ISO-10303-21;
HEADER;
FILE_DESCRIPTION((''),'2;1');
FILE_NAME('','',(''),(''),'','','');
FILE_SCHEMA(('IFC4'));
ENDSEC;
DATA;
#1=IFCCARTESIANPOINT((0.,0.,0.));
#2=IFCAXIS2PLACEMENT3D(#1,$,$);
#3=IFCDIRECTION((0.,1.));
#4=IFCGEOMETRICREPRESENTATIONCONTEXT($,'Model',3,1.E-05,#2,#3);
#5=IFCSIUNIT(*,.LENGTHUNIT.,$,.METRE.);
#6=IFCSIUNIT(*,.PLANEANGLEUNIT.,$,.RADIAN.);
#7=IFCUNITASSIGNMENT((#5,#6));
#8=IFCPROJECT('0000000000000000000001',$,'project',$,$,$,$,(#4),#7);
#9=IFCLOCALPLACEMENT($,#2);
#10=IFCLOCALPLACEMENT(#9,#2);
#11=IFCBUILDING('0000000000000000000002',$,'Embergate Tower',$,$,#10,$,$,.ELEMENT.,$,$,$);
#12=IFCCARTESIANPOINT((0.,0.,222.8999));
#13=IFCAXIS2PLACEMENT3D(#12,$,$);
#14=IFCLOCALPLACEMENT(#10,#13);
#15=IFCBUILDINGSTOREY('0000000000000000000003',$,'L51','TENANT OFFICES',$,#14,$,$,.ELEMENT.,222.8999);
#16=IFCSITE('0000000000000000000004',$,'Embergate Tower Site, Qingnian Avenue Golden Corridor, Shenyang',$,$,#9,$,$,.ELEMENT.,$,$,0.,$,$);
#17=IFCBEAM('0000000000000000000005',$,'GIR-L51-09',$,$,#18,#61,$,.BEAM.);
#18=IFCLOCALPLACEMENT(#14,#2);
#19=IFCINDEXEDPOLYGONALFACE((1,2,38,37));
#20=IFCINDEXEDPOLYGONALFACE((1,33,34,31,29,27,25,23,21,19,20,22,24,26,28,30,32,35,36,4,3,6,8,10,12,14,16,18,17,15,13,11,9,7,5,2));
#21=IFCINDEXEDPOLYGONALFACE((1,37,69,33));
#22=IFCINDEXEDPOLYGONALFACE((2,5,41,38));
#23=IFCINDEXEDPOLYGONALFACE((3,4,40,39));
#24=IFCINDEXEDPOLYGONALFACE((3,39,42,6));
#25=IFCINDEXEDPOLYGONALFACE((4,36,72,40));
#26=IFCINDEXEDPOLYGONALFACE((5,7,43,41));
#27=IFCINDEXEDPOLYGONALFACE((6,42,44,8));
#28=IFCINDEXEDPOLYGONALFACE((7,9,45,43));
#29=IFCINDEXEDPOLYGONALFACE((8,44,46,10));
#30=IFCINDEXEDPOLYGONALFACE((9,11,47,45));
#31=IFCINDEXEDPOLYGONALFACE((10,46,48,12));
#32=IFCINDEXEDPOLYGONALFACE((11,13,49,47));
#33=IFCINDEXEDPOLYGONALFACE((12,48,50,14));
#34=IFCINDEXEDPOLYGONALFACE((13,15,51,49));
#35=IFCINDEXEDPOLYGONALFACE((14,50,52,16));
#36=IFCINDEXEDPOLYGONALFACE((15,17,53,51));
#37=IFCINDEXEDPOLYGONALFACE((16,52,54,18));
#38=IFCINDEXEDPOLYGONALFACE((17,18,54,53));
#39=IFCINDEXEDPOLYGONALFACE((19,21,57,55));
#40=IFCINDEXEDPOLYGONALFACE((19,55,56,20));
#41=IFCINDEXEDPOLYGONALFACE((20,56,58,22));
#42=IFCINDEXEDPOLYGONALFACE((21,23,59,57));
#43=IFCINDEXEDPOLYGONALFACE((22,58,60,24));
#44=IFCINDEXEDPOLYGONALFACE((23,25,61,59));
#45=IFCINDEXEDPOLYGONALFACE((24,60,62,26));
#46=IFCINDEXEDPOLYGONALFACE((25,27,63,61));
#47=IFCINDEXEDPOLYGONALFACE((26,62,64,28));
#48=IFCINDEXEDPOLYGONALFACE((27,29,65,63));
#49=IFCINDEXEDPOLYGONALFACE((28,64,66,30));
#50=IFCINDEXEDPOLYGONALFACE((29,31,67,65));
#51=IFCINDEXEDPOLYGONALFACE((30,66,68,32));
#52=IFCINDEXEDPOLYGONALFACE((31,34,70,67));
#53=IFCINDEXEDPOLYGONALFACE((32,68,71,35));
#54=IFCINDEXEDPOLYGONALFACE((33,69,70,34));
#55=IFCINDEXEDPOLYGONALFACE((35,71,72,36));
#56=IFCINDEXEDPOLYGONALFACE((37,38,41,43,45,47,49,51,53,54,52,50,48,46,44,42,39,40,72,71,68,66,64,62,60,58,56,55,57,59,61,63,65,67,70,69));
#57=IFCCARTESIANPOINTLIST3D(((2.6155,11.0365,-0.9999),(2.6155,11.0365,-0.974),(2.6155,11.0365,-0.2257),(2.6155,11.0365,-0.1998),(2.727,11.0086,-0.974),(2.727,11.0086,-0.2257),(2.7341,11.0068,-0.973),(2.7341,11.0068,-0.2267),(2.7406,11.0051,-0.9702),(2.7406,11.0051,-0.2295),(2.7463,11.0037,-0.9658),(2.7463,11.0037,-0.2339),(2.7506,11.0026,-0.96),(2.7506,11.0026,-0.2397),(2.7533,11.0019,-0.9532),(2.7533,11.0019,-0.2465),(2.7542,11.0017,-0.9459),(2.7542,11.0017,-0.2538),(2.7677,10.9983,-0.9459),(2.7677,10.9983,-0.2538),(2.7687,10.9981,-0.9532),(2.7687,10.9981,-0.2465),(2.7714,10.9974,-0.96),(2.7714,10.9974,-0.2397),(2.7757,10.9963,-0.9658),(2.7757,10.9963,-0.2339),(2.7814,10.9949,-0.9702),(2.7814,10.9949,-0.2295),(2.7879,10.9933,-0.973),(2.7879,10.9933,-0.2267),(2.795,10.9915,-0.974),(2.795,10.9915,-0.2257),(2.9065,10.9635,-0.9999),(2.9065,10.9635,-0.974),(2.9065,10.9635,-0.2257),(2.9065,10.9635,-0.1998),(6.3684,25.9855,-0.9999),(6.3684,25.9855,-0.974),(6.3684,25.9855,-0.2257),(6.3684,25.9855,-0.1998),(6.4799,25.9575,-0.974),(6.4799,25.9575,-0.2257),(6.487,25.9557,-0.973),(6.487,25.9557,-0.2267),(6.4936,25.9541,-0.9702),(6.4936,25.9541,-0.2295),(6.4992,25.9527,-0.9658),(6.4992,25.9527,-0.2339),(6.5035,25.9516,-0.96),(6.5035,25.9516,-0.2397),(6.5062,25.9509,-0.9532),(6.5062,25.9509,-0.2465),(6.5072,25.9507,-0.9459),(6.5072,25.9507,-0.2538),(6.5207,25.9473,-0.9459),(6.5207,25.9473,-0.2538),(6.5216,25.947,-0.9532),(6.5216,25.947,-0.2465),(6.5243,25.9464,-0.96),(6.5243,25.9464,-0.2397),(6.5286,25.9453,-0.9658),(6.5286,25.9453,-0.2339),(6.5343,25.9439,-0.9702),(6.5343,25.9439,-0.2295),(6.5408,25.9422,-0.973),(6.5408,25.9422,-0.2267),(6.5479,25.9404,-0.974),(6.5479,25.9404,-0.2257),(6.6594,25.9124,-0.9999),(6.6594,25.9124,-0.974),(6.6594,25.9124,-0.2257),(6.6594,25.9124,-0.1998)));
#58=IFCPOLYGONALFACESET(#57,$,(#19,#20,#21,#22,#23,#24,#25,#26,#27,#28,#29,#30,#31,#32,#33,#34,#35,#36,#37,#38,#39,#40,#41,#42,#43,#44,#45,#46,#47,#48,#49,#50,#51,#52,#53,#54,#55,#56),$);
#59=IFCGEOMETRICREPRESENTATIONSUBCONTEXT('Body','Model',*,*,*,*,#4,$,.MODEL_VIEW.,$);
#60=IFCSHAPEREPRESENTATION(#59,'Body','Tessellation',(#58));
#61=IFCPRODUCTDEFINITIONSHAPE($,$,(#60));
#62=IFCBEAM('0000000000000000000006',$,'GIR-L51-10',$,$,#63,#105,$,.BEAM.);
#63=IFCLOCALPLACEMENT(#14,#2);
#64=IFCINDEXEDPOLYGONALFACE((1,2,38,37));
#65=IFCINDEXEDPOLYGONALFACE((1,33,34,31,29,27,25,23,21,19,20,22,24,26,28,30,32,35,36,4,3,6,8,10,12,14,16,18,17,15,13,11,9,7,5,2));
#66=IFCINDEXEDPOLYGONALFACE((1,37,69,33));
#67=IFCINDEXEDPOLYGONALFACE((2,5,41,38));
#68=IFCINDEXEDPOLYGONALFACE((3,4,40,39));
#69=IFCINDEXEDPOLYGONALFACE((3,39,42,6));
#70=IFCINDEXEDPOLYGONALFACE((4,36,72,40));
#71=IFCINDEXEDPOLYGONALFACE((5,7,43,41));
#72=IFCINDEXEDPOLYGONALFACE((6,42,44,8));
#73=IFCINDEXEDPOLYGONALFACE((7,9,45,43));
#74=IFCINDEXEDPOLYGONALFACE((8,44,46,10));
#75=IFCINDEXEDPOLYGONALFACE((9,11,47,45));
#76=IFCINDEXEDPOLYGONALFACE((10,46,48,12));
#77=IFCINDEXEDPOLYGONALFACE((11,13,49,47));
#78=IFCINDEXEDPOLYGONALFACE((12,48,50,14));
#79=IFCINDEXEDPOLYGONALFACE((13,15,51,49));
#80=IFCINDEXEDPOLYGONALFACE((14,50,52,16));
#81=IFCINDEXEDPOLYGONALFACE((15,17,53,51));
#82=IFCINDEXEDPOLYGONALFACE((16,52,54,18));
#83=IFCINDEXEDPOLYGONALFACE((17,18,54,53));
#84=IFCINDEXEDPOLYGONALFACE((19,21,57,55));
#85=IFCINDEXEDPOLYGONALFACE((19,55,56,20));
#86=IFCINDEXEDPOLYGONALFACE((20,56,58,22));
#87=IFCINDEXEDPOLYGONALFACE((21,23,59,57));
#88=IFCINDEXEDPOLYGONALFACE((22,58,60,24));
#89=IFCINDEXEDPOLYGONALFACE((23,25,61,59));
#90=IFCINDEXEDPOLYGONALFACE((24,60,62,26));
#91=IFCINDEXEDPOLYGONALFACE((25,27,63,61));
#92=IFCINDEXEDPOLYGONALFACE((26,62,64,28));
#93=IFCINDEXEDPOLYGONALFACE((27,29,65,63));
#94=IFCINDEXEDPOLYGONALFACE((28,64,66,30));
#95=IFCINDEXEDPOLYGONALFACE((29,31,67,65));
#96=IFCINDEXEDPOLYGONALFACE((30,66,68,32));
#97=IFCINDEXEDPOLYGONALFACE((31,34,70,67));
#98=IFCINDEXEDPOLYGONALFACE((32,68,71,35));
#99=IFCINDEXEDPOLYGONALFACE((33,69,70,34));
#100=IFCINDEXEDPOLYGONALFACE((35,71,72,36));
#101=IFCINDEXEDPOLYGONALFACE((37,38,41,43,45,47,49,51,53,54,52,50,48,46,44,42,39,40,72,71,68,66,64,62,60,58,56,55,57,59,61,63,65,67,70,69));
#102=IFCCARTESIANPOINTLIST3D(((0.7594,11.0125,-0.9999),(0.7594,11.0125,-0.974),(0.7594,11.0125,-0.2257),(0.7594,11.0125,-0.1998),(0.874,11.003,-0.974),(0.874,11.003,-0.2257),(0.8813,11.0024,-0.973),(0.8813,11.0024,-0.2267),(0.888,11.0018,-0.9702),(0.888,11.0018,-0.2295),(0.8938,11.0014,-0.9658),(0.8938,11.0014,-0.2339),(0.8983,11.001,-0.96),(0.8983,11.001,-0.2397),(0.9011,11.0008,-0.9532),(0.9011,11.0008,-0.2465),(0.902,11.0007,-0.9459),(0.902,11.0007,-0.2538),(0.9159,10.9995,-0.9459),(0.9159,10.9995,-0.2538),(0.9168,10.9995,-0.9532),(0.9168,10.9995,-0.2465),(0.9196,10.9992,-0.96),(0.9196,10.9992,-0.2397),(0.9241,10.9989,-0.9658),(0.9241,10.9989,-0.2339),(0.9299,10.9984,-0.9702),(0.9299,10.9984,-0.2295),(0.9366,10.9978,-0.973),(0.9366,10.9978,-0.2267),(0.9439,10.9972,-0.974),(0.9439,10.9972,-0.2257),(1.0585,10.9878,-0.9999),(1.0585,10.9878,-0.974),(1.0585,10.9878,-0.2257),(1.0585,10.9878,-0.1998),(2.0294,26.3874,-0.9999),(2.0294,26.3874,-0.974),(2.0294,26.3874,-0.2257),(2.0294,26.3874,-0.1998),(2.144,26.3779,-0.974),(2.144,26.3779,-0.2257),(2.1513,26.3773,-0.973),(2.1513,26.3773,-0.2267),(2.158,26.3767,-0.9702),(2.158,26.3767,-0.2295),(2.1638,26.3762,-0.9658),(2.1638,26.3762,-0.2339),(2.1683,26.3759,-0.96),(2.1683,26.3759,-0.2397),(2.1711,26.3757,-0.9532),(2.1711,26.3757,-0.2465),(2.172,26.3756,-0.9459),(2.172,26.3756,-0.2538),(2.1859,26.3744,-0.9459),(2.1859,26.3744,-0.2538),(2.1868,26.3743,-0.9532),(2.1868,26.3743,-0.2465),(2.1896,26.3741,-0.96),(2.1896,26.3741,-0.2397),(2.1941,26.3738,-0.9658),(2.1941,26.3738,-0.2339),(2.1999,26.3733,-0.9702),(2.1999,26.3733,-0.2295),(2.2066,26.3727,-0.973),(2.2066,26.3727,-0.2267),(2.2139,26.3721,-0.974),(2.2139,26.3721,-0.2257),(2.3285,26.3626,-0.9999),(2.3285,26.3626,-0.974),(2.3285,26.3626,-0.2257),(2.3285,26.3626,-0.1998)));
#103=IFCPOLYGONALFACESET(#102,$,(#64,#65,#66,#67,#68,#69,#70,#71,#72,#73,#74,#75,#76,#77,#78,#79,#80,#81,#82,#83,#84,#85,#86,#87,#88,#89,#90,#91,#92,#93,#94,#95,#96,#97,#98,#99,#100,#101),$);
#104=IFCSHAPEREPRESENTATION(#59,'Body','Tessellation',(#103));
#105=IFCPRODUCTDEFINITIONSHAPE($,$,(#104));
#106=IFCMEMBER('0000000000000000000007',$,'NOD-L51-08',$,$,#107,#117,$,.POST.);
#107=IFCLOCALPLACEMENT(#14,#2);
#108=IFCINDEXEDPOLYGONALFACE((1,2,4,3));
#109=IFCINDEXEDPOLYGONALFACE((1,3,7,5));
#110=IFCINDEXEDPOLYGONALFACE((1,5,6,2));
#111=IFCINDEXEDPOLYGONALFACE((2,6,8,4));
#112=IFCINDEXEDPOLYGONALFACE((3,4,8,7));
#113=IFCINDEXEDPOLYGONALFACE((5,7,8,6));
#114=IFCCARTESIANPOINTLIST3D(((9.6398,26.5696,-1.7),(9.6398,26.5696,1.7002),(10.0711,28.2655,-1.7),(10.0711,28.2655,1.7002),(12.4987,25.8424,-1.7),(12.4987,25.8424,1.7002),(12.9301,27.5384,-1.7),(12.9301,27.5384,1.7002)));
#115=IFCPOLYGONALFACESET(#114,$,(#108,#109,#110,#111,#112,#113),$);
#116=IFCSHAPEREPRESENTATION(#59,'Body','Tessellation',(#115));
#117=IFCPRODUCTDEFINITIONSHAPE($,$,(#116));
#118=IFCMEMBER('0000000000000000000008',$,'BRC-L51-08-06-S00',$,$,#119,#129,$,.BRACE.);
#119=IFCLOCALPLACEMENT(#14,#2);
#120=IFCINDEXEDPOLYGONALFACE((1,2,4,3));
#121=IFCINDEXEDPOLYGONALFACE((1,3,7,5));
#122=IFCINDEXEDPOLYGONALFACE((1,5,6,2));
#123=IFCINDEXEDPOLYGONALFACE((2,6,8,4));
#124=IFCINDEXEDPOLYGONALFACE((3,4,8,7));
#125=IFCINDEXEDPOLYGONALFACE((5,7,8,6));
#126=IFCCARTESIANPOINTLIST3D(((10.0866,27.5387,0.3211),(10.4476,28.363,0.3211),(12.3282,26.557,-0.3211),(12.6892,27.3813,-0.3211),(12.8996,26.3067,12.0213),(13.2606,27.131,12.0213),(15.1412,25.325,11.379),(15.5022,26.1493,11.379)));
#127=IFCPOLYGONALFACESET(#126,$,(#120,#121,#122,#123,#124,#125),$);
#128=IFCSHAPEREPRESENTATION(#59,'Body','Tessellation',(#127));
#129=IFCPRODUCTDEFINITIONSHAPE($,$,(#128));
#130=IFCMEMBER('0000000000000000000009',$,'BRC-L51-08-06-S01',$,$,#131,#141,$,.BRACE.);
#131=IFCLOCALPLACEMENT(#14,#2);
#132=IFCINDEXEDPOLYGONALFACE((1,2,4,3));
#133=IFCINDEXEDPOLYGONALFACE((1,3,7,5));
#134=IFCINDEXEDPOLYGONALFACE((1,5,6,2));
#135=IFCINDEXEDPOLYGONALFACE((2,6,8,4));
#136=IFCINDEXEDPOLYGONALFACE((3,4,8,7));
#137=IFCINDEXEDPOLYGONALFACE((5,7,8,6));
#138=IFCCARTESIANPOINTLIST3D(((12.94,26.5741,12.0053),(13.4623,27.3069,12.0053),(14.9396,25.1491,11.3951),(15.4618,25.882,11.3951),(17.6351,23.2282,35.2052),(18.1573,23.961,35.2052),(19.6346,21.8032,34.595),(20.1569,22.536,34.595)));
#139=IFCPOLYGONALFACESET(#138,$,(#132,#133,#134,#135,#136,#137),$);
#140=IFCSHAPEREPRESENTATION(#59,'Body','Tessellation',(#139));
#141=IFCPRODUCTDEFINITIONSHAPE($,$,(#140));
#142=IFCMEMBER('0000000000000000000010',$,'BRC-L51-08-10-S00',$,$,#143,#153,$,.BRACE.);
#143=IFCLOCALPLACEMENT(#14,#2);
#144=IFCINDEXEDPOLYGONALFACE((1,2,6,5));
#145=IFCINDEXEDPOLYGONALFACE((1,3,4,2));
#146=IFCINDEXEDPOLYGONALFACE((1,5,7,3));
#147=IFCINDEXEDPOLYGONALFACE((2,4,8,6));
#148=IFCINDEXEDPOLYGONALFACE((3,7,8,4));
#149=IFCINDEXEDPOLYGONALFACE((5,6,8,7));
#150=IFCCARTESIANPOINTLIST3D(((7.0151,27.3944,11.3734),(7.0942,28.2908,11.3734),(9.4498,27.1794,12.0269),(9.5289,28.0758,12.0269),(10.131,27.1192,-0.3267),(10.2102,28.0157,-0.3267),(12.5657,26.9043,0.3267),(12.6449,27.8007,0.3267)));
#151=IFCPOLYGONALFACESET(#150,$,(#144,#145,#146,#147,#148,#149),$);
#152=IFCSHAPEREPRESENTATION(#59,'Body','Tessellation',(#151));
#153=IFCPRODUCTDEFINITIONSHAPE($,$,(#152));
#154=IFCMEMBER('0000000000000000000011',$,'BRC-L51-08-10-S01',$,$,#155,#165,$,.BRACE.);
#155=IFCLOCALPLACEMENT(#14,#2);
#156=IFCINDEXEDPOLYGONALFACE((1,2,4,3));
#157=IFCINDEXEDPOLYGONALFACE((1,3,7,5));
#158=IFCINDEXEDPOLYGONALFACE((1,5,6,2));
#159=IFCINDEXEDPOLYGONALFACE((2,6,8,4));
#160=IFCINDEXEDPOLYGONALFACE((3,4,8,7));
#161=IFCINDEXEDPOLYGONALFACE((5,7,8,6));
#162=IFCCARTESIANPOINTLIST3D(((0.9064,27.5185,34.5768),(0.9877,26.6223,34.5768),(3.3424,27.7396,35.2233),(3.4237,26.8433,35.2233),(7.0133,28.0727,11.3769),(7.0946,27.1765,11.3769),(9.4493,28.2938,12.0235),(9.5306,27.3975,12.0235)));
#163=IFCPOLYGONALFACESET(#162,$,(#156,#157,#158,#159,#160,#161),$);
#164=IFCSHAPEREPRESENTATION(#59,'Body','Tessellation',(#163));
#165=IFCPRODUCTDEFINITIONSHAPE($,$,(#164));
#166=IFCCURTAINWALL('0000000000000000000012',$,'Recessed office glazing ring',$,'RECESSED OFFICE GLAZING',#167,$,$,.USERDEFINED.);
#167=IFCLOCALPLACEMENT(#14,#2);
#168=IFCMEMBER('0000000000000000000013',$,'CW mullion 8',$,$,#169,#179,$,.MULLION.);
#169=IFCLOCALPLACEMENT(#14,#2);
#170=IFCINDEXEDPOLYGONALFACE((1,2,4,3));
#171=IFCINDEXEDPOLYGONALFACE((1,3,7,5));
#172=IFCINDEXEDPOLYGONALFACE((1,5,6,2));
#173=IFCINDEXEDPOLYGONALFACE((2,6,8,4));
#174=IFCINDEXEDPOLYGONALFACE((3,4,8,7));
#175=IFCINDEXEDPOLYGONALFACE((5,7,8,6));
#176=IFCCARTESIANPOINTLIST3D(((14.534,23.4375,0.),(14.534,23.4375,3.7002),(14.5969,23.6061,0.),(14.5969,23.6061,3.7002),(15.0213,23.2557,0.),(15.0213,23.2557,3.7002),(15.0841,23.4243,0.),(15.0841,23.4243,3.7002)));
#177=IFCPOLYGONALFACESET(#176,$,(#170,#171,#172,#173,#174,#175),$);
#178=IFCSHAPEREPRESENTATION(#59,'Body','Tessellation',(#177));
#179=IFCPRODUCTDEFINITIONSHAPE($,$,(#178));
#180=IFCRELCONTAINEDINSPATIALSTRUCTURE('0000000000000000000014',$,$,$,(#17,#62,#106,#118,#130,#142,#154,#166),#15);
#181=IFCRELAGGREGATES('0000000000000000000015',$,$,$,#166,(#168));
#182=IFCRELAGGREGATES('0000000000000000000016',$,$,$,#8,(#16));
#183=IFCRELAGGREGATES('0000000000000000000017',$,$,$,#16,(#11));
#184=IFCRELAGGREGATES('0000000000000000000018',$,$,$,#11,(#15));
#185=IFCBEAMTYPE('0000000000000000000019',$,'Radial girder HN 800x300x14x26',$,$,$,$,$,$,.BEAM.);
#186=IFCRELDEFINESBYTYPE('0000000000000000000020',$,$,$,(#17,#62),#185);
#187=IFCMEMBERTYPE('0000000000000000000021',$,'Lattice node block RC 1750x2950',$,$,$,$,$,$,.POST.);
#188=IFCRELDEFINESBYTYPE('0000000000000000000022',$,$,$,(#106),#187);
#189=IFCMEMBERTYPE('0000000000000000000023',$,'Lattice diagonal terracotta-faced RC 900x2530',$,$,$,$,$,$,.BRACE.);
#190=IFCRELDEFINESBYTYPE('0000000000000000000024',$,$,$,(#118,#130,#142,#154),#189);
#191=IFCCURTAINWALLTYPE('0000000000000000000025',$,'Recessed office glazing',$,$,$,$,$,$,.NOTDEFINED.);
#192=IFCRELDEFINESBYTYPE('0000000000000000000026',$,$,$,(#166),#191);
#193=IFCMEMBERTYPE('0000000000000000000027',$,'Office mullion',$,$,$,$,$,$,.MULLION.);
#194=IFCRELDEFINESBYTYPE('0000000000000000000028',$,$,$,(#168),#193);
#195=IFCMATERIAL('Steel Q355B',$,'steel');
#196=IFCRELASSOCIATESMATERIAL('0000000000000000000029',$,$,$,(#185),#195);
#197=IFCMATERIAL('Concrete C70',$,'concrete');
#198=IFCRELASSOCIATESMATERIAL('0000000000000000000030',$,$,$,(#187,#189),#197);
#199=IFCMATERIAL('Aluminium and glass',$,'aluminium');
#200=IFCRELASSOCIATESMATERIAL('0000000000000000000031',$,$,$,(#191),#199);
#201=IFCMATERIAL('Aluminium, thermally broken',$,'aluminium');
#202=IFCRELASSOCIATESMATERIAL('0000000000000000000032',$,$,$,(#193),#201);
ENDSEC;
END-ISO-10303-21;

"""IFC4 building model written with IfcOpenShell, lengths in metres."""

from ifc_helpers import new_model, si_unit, direction, frame, origin, origin_2d, place, context, subcontext, project, spatial, rectangle, i_section, extrude, source, transform, mapped, material, material_profile, profile_set, type_object, element, aggregate, save


model = new_model("IFC4")

# Units and contexts
model_context = context("Model", 3, precision=1e-05, world=origin(), true_north=direction((0.0, 1.0)))
body_context = subcontext(model_context, "Body", "Model", "MODEL_VIEW")
ifc_project = project(units=[si_unit("LENGTHUNIT", "METRE"), si_unit("PLANEANGLEUNIT", "RADIAN")], contexts=[model_context])

# Site, building, storey
site_placement = place(None, origin())
site = spatial("IfcSite", under=ifc_project, at=site_placement, Name="Embergate Tower Site, Qingnian Avenue Golden Corridor, Shenyang", CompositionType="ELEMENT", RefElevation=0.0)
building_placement = place(site_placement, origin())
building = spatial("IfcBuilding", under=site, at=building_placement, Name="Embergate Tower", CompositionType="ELEMENT")
storey_placement = place(building_placement, frame((0.0, 0.0, 222.8999)))
storey = spatial("IfcBuildingStorey", under=building, at=storey_placement, Name="L51", Description="TENANT OFFICES", CompositionType="ELEMENT", Elevation=222.8999)

# Beams
ifc_material_1 = material(Name="Steel Q355B", Category="steel")
ifc_material_profile_1 = material_profile(ifc_material_1, i_section(OverallWidth=0.3, OverallDepth=0.8, WebThickness=0.0139, FlangeThickness=0.0259, FilletRadius=0.0281, at=origin_2d()), Name="HN 800x300x14x26")
ifc_profile_set_1 = profile_set([ifc_material_profile_1], Name="Steel Q355 grade B")
beam_type_1 = type_object("IfcBeamType", Name="Radial girder HN 800x300x14x26", PredefinedType="BEAM", material=ifc_profile_set_1)
shared_shape_1 = source(origin(), body_context, "Body", "SweptSolid", [
    extrude(i_section(OverallWidth=0.3, OverallDepth=0.8, WebThickness=0.0139, FlangeThickness=0.0259, FilletRadius=0.0281, at=origin_2d()), origin(), (0.0, 0.0, 1.0), 15.4128),
])
beam_1_placement = place(storey_placement, frame((6.5139, 25.949, -0.5999), z_axis=(-0.243493, -0.969903, 0.0), x_axis=(0.969903, -0.243493, 0.0)))
element("IfcBeam", 1, at=beam_1_placement, inside=storey, type_object=beam_type_1, Name="GIR-L51-09", PredefinedType="BEAM", context=body_context, shape_type="MappedRepresentation", body=[
    mapped(shared_shape_1, transform((0.0, 0.0, 0.0))),
])
shared_shape_2 = source(origin(), body_context, "Body", "SweptSolid", [
    extrude(i_section(OverallWidth=0.3, OverallDepth=0.8, WebThickness=0.0139, FlangeThickness=0.0259, FilletRadius=0.0281, at=origin_2d()), origin(), (0.0, 0.0, 1.0), 15.4272),
])
beam_2_placement = place(storey_placement, frame((2.179, 26.375, -0.5999), z_axis=(-0.082323, -0.996606, 0.0), x_axis=(0.996606, -0.082323, 0.0)))
element("IfcBeam", 2, at=beam_2_placement, inside=storey, type_object=beam_type_1, Name="GIR-L51-10", PredefinedType="BEAM", context=body_context, shape_type="MappedRepresentation", body=[
    mapped(shared_shape_2, transform((0.0, 0.0, 0.0))),
])

# Members
ifc_material_2 = material(Name="Concrete C70", Category="concrete")
ifc_material_profile_2 = material_profile(ifc_material_2, rectangle(XDim=1.75, YDim=2.95, at=origin_2d()), Name="RC 1750x2950")
ifc_profile_set_2 = profile_set([ifc_material_profile_2], Name="Concrete C70")
member_type_1 = type_object("IfcMemberType", Name="Lattice node block RC 1750x2950", PredefinedType="POST", material=ifc_profile_set_2)
shared_shape_3 = source(origin(), body_context, "Body", "SweptSolid", [
    extrude(rectangle(XDim=1.75, YDim=2.95, at=origin_2d()), origin(), (0.0, 0.0, 1.0), 3.4001),
])
member_1_placement = place(storey_placement, frame((11.2849, 27.054, -1.7), z_axis=(0.0, 0.0, 1.0), x_axis=(0.246509, 0.969141, 0.0)))
element("IfcMember", 3, at=member_1_placement, inside=storey, type_object=member_type_1, Name="NOD-L51-08", PredefinedType="POST", context=body_context, shape_type="MappedRepresentation", body=[
    mapped(shared_shape_3, transform((0.0, 0.0, 0.0))),
])
ifc_material_profile_3 = material_profile(ifc_material_2, rectangle(XDim=0.8999, YDim=2.53, at=origin_2d()), Name="RC 900x2530")
ifc_profile_set_3 = profile_set([ifc_material_profile_3], Name="Concrete C70")
member_type_2 = type_object("IfcMemberType", Name="Lattice diagonal terracotta-faced RC 900x2530", PredefinedType="BRACE", material=ifc_profile_set_3)
shared_shape_4 = source(origin(), body_context, "Body", "SweptSolid", [
    extrude(rectangle(XDim=0.8999, YDim=2.53, at=origin_2d()), origin(), (0.0, 0.0, 1.0), 12.0964),
])
member_2_placement = place(storey_placement, frame((11.3879, 27.46, 0.0), z_axis=(0.232546, -0.101842, 0.967239), x_axis=(0.401161, 0.916008, 0.0)))
element("IfcMember", 4, at=member_2_placement, inside=storey, type_object=member_type_2, Name="BRC-L51-08-06-S00", PredefinedType="BRACE", context=body_context, shape_type="MappedRepresentation", body=[
    mapped(shared_shape_4, transform((0.0, 0.0, 0.0))),
])
shared_shape_5 = source(origin(), body_context, "Body", "SweptSolid", [
    extrude(rectangle(XDim=0.8999, YDim=2.53, at=origin_2d()), origin(), (0.0, 0.0, 1.0), 23.9055),
])
member_3_placement = place(storey_placement, frame((14.2009, 26.228, 11.7002), z_axis=(0.196401, -0.139965, 0.970483), x_axis=(0.580357, 0.814362, 0.0)))
element("IfcMember", 5, at=member_3_placement, inside=storey, type_object=member_type_2, Name="BRC-L51-08-06-S01", PredefinedType="BRACE", context=body_context, shape_type="MappedRepresentation", body=[
    mapped(shared_shape_5, transform((0.0, 0.0, 0.0))),
])
shared_shape_6 = source(origin(), body_context, "Body", "SweptSolid", [
    extrude(rectangle(XDim=0.8999, YDim=2.53, at=origin_2d()), origin(), (0.0, 0.0, 1.0), 12.1111),
])
member_4_placement = place(storey_placement, frame((11.3879, 27.46, 0.0), z_axis=(-0.257281, 0.022718, 0.966069), x_axis=(-0.08796, -0.996124, 0.0)))
element("IfcMember", 6, at=member_4_placement, inside=storey, type_object=member_type_2, Name="BRC-L51-08-10-S00", PredefinedType="BRACE", context=body_context, shape_type="MappedRepresentation", body=[
    mapped(shared_shape_6, transform((0.0, 0.0, 0.0))),
])
shared_shape_7 = source(origin(), body_context, "Body", "SweptSolid", [
    extrude(rectangle(XDim=0.8999, YDim=2.53, at=origin_2d()), origin(), (0.0, 0.0, 1.0), 23.9966),
])
member_5_placement = place(storey_placement, frame((8.272, 27.7351, 11.7002), z_axis=(-0.254491, -0.023095, 0.966799), x_axis=(0.090378, -0.995908, 0.0)))
element("IfcMember", 7, at=member_5_placement, inside=storey, type_object=member_type_2, Name="BRC-L51-08-10-S01", PredefinedType="BRACE", context=body_context, shape_type="MappedRepresentation", body=[
    mapped(shared_shape_7, transform((0.0, 0.0, 0.0))),
])

# Curtain wall, member
ifc_material_3 = material(Name="Aluminium and glass", Category="aluminium")
curtain_wall_type = type_object("IfcCurtainWallType", Name="Recessed office glazing", PredefinedType="NOTDEFINED", material=ifc_material_3)
curtain_wall_placement = place(storey_placement, origin())
curtain_wall = element("IfcCurtainWall", 8, at=curtain_wall_placement, inside=storey, type_object=curtain_wall_type, Name="Recessed office glazing ring", ObjectType="RECESSED OFFICE GLAZING", PredefinedType="USERDEFINED")
ifc_material_4 = material(Name="Aluminium, thermally broken", Category="aluminium")
ifc_material_profile_4 = material_profile(ifc_material_4, rectangle(XDim=0.1799, YDim=0.52, at=origin_2d()), Name="AL 520x180")
ifc_profile_set_4 = profile_set([ifc_material_profile_4], Name="Aluminium, thermally broken")
member_type_3 = type_object("IfcMemberType", Name="Office mullion", PredefinedType="MULLION", material=ifc_profile_set_4)
shared_shape_8 = source(origin(), body_context, "Body", "SweptSolid", [
    extrude(rectangle(XDim=0.1799, YDim=0.52, at=origin_2d()), origin(), (0.0, 0.0, 1.0), 3.7002),
])
member_6_placement = place(storey_placement, frame((14.8091, 23.4309, 0.0), z_axis=(0.0, 0.0, 1.0), x_axis=(-0.349504, -0.936935, 0.0)))
member_6 = element("IfcMember", 9, at=member_6_placement, type_object=member_type_3, Name="CW mullion 8", PredefinedType="MULLION", context=body_context, shape_type="MappedRepresentation", body=[
    mapped(shared_shape_8, transform((0.0, 0.0, 0.0))),
])
aggregate(curtain_wall, [member_6])

save(model, "model.ifc")
